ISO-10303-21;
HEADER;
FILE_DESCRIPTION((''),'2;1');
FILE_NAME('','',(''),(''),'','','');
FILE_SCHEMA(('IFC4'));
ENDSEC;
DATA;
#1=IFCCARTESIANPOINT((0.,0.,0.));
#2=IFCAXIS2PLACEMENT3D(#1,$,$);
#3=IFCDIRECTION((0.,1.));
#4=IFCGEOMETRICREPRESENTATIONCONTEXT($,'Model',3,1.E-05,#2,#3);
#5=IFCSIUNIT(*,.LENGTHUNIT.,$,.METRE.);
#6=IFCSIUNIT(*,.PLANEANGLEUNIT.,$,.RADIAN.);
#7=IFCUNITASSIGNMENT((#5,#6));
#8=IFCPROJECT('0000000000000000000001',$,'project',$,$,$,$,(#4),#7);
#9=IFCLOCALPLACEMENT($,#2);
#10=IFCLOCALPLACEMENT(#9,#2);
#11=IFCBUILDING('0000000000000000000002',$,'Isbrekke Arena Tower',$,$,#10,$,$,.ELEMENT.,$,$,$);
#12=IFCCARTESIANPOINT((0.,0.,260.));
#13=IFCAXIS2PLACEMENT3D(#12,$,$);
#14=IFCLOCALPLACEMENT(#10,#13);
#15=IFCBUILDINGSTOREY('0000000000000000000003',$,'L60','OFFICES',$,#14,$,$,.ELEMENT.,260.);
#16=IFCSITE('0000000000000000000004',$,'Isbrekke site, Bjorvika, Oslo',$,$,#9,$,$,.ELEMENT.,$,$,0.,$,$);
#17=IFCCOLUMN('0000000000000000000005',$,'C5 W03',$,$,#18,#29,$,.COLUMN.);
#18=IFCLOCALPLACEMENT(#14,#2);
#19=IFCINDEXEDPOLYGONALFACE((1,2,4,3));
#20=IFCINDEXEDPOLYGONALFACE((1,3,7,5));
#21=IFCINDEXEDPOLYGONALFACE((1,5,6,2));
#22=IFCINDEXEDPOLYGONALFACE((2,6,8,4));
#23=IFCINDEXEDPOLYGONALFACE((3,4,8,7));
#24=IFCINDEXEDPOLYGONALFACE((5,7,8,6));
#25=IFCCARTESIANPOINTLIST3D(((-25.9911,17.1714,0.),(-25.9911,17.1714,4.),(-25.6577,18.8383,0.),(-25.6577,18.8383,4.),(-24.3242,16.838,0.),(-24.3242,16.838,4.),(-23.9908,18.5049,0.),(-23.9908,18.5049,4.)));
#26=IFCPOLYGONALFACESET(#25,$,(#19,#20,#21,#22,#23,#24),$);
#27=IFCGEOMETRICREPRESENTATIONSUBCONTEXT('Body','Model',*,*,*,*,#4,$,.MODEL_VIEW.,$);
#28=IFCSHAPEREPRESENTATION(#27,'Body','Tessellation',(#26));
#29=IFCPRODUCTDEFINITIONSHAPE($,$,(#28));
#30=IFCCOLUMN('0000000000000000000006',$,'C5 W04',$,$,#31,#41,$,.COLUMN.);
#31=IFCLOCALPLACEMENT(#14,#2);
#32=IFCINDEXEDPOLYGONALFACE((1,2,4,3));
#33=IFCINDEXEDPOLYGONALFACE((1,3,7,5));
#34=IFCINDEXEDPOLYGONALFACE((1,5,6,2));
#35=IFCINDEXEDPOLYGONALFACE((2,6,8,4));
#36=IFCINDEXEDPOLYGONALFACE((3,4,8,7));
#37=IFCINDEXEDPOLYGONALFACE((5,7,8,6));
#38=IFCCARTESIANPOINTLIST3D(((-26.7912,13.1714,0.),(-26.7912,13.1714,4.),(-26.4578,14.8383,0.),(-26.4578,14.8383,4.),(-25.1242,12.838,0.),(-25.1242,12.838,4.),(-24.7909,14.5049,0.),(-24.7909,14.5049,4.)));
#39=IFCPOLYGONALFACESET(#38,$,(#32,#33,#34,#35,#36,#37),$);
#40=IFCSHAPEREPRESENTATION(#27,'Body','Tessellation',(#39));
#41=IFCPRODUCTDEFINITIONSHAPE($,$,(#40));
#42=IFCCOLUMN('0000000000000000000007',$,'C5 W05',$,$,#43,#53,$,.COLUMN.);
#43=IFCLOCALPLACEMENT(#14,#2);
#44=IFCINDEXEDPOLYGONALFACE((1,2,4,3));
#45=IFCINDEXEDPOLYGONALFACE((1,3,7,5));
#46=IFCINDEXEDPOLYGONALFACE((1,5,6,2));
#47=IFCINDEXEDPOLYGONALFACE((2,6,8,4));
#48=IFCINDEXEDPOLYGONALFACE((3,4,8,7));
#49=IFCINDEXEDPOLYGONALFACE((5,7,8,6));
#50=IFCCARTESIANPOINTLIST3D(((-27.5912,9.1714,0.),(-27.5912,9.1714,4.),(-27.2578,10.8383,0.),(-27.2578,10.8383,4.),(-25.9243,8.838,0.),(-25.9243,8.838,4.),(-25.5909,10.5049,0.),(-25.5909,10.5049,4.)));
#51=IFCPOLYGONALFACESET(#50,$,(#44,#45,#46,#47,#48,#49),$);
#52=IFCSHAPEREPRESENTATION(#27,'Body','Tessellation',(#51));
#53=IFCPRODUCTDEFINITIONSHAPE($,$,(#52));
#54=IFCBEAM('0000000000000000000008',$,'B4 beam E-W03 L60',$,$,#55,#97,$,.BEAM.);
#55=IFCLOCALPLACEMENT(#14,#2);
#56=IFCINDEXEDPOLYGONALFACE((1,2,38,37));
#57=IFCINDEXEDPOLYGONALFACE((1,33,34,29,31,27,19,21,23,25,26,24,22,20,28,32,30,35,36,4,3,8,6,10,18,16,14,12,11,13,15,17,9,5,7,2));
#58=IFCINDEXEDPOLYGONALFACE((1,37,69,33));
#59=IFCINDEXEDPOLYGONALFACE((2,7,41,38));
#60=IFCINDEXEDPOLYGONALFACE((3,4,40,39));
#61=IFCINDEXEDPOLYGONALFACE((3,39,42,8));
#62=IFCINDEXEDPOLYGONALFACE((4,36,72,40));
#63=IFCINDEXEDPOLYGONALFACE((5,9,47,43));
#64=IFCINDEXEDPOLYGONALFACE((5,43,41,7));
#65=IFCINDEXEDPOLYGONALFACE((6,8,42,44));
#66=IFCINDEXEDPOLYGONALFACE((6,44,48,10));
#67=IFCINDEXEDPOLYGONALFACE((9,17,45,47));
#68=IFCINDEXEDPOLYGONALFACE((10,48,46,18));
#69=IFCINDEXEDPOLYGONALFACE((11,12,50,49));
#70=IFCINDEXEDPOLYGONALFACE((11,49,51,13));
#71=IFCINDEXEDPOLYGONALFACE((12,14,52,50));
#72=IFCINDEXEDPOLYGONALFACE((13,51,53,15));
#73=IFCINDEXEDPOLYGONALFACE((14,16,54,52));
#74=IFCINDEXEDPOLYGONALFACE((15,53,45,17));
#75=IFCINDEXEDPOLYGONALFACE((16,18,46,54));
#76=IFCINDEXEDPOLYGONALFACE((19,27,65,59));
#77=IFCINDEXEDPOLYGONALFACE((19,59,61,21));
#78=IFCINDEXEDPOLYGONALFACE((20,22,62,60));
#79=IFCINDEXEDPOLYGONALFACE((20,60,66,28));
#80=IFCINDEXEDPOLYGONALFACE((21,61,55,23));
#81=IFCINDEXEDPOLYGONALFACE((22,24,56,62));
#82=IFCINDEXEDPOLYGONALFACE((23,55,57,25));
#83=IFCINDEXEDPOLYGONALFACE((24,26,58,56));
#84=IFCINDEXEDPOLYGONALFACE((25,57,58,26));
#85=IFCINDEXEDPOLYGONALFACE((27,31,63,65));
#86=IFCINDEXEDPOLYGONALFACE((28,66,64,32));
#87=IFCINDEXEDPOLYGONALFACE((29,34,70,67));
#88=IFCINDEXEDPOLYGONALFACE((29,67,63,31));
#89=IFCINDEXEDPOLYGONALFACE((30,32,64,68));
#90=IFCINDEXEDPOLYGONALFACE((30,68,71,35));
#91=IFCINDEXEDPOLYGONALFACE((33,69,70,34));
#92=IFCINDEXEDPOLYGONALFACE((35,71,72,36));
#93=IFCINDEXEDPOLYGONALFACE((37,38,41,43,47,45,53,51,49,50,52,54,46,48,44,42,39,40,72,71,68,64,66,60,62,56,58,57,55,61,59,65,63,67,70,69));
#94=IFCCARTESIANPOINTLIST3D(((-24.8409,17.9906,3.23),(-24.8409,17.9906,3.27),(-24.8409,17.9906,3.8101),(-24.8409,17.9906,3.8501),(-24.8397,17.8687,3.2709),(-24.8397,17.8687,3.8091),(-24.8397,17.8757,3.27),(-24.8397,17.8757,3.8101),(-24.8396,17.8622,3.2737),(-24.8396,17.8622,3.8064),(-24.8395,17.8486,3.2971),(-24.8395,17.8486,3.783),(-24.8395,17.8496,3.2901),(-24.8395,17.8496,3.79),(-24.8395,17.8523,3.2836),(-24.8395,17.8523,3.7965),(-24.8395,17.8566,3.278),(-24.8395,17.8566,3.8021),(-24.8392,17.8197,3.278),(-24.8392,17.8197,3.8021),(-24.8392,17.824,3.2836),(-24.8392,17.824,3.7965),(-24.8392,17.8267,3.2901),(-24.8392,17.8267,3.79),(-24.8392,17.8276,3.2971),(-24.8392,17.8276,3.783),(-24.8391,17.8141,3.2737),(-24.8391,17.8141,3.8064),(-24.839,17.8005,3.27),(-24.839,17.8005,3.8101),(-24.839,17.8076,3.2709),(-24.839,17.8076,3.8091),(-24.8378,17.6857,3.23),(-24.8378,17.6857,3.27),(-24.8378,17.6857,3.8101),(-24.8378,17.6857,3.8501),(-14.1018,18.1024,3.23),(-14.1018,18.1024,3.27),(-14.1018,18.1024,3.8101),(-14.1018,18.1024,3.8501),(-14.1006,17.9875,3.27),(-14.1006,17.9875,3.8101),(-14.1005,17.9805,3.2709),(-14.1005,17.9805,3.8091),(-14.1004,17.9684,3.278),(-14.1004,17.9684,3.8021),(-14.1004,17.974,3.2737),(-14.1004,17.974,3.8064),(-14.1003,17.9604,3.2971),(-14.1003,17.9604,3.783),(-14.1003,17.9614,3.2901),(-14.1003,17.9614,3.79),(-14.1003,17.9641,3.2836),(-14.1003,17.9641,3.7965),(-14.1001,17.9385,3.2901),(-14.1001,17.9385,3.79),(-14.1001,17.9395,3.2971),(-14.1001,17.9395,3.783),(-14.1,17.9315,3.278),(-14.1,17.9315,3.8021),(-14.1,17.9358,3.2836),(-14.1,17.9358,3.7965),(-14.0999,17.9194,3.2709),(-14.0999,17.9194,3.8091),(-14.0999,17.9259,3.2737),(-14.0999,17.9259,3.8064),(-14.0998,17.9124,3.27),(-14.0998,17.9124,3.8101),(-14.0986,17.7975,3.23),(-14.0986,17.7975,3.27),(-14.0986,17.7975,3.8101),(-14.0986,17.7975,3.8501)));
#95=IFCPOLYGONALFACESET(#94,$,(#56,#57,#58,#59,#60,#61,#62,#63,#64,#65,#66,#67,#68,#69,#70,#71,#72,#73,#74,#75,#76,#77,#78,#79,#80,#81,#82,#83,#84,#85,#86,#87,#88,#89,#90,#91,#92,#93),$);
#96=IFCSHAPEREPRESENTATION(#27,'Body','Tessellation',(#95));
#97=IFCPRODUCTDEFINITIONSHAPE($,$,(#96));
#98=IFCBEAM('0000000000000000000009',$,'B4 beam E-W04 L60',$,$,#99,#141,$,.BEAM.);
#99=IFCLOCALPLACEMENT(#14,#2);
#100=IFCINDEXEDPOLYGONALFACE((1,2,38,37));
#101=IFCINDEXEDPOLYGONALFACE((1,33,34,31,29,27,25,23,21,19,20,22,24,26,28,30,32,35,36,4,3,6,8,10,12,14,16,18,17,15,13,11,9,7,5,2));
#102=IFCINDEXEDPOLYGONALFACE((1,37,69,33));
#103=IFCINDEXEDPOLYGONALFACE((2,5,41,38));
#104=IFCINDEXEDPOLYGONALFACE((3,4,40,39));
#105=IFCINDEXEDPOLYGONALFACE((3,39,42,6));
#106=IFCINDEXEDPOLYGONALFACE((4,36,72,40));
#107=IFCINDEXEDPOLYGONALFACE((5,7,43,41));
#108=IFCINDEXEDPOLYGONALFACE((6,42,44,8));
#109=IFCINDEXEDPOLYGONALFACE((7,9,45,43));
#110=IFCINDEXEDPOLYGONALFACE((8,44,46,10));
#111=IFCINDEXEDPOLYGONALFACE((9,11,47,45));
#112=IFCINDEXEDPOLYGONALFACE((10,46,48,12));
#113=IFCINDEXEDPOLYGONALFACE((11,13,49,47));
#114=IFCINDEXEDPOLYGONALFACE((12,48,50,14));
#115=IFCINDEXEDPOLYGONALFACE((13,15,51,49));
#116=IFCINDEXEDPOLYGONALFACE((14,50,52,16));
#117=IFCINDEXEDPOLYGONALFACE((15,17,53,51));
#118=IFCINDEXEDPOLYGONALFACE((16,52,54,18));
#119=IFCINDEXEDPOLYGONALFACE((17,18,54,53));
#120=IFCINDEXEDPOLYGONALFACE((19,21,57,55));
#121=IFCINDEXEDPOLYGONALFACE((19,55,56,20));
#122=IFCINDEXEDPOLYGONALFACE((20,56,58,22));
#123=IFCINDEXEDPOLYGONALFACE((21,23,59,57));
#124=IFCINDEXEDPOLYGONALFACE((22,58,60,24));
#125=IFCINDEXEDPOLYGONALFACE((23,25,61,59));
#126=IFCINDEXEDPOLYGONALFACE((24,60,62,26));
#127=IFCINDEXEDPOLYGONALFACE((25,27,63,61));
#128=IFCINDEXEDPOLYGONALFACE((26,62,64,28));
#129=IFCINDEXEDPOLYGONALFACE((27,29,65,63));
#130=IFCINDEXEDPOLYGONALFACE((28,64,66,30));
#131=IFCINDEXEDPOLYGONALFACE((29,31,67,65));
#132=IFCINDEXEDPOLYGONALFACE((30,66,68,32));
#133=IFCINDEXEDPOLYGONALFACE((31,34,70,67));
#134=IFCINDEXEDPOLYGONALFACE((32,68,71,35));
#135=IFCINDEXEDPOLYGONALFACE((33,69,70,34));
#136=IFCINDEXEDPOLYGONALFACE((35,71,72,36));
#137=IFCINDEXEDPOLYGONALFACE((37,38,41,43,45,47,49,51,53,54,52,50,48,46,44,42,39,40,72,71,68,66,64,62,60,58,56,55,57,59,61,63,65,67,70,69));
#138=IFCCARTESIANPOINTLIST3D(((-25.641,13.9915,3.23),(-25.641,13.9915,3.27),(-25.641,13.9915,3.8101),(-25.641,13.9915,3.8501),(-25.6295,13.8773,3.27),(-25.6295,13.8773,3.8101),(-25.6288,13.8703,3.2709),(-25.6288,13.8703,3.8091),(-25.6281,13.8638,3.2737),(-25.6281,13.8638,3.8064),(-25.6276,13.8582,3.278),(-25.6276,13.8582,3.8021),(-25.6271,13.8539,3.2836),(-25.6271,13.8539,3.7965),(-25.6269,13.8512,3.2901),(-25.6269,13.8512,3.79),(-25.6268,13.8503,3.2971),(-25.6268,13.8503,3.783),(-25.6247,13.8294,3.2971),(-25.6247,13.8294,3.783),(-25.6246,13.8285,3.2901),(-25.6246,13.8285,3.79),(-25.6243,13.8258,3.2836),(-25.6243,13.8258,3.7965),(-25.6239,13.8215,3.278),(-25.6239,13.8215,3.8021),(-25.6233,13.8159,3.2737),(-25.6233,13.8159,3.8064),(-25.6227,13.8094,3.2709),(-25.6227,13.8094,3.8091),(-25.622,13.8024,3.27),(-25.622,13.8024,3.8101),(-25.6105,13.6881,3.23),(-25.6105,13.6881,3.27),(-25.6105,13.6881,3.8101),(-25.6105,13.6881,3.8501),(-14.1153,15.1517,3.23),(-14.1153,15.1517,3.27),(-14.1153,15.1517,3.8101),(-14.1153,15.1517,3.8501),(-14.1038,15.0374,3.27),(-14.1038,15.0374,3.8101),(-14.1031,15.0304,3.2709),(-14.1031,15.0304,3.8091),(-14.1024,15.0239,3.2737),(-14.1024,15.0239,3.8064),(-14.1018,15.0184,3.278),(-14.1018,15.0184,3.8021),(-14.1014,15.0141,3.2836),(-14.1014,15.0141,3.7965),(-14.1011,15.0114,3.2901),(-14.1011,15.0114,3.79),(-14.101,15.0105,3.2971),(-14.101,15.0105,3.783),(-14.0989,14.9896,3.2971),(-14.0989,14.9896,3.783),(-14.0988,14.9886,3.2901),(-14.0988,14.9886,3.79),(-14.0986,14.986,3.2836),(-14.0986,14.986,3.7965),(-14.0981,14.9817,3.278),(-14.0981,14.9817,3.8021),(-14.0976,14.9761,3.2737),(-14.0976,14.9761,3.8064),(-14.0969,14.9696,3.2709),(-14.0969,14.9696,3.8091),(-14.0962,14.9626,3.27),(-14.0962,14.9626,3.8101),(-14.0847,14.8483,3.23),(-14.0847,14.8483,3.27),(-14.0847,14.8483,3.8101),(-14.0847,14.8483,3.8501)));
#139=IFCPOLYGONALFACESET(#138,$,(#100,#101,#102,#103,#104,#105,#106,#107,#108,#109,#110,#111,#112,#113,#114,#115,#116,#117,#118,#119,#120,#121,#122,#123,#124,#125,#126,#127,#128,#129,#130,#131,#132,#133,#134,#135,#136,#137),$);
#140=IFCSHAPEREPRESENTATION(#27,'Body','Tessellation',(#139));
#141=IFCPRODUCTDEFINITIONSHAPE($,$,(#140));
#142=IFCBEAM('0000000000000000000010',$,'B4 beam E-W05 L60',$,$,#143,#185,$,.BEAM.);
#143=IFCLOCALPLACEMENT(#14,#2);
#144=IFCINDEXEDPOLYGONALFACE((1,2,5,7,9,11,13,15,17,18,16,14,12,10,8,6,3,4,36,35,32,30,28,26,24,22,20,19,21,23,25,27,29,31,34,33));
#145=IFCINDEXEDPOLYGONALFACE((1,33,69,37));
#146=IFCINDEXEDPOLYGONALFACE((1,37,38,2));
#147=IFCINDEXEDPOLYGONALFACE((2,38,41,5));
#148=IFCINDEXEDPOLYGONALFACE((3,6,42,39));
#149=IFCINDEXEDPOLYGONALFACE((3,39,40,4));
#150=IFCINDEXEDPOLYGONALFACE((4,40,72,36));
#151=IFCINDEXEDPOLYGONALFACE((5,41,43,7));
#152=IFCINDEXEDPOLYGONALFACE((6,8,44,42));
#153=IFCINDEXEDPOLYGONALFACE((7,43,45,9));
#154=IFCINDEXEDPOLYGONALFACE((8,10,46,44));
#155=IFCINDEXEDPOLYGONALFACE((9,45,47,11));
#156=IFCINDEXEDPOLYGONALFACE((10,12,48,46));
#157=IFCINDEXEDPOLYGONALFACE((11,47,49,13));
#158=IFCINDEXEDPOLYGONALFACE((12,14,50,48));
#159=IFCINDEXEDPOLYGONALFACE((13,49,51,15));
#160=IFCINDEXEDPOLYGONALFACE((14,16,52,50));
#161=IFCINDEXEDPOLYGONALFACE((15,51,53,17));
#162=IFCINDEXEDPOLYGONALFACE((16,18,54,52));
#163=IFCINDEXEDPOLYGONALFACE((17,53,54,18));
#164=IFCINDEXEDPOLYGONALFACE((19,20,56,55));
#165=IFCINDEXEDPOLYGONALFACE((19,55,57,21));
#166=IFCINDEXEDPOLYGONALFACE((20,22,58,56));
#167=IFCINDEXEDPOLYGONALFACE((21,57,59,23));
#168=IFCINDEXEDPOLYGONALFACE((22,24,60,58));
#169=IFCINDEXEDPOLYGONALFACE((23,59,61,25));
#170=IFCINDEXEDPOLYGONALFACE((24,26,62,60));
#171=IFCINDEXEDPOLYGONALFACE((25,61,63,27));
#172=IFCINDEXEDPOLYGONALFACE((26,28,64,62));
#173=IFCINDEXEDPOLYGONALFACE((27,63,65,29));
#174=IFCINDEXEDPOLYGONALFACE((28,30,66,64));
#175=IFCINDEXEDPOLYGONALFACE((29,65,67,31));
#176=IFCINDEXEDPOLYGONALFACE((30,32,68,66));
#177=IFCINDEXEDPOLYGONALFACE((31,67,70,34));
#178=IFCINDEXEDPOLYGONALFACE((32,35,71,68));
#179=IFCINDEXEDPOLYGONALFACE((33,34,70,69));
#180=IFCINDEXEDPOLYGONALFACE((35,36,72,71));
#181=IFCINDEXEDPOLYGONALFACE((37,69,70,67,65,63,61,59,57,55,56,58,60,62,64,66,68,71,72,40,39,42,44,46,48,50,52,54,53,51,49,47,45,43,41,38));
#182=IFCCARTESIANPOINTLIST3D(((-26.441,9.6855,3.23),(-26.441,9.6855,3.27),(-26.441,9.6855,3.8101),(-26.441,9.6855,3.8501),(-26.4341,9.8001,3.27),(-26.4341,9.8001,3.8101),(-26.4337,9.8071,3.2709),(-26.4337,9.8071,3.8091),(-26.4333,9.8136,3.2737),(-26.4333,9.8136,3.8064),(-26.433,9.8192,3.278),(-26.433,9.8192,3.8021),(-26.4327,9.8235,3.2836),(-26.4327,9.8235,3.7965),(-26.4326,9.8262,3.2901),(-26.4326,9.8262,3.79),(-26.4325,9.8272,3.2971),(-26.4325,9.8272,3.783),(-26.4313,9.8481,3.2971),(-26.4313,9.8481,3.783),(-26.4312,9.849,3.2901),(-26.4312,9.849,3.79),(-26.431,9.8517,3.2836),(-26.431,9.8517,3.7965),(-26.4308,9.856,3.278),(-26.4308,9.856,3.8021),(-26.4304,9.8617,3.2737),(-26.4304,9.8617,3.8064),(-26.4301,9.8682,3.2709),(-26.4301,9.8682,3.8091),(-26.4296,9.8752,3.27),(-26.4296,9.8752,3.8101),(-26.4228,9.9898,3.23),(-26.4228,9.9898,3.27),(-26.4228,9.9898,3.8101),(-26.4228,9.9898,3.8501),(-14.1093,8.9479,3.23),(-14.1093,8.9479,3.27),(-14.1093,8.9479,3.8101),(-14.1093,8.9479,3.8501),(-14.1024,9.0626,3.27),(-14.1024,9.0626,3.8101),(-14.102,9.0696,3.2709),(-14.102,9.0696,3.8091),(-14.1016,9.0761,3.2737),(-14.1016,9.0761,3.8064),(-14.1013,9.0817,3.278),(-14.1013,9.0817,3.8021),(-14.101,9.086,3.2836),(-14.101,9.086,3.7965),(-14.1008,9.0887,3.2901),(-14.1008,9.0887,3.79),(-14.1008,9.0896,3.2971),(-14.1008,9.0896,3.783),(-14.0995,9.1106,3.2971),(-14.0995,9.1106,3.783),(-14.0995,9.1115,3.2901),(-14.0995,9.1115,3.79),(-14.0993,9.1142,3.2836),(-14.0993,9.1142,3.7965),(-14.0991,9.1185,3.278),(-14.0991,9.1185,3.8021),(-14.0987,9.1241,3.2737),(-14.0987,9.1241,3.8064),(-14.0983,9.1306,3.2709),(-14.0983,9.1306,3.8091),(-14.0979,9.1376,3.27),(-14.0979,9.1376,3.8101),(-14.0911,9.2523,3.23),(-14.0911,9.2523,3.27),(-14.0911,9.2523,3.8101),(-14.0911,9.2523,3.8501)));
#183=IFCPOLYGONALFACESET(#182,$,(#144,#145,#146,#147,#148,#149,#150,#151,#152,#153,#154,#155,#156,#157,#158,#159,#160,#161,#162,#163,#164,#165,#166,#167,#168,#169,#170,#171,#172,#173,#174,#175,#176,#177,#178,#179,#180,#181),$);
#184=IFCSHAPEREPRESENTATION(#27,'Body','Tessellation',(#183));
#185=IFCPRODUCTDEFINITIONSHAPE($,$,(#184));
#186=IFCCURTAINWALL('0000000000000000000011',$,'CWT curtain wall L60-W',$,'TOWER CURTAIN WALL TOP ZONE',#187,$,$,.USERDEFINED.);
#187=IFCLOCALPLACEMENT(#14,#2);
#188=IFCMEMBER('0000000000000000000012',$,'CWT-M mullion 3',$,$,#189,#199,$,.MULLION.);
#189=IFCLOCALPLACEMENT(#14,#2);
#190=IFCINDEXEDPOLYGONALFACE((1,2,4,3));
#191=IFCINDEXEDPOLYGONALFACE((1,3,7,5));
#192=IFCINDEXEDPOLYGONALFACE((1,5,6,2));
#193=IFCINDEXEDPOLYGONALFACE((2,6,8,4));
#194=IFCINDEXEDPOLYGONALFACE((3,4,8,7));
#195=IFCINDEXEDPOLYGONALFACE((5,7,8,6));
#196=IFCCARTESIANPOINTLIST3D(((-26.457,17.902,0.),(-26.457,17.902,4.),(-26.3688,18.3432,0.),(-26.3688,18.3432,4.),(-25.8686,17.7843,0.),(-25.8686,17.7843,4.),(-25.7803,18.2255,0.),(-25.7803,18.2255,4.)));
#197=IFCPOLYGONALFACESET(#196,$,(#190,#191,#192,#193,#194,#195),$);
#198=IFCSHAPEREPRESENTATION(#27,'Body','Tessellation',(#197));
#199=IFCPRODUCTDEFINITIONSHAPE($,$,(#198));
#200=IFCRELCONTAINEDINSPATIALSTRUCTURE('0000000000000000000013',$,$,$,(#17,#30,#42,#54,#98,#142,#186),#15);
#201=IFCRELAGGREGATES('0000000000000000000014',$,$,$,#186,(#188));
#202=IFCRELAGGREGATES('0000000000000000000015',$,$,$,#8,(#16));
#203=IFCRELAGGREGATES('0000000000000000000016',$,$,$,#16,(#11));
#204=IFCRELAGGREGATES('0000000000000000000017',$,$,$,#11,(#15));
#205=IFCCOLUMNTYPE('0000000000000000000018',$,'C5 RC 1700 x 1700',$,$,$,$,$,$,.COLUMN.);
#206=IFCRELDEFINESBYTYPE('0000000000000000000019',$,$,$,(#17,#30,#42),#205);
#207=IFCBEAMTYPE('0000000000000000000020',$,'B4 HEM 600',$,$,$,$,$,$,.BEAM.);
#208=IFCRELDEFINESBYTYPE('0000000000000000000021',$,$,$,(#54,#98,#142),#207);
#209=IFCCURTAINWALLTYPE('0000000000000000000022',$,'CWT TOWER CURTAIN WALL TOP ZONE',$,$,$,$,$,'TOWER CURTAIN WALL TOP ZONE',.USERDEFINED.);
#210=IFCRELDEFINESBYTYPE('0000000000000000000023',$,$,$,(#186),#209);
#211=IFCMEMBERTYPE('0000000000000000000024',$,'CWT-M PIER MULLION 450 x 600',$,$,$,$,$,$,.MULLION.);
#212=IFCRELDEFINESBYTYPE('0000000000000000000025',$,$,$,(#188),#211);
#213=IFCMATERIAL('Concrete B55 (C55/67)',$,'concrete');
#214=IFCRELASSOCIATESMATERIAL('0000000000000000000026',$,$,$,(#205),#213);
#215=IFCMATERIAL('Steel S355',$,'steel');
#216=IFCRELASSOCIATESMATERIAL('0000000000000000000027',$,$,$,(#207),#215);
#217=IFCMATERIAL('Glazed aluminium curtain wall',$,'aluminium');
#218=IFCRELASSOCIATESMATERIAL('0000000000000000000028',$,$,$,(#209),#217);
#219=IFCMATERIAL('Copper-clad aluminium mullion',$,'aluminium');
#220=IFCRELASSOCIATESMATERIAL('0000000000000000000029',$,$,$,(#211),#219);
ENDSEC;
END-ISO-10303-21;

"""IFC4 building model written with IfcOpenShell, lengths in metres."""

from ifc_helpers import new_model, si_unit, direction, frame, origin, origin_2d, place, context, subcontext, project, spatial, rectangle, i_section, extrude, material, material_profile, profile_set, type_object, element, aggregate, save


model = new_model("IFC4")

# Units and contexts
model_context = context("Model", 3, precision=1e-05, world=origin(), true_north=direction((0.0, 1.0)))
body_context = subcontext(model_context, "Body", "Model", "MODEL_VIEW")
ifc_project = project(units=[si_unit("LENGTHUNIT", "METRE"), si_unit("PLANEANGLEUNIT", "RADIAN")], contexts=[model_context])

# Site, building, storey
site_placement = place(None, origin())
site = spatial("IfcSite", under=ifc_project, at=site_placement, Name="Isbrekke site, Bjorvika, Oslo", CompositionType="ELEMENT", RefElevation=0.0)
building_placement = place(site_placement, origin())
building = spatial("IfcBuilding", under=site, at=building_placement, Name="Isbrekke Arena Tower", CompositionType="ELEMENT")
storey_placement = place(building_placement, frame((0.0, 0.0, 260.0)))
storey = spatial("IfcBuildingStorey", under=building, at=storey_placement, Name="L60", Description="OFFICES", CompositionType="ELEMENT", Elevation=260.0)

# Columns
ifc_material_1 = material(Name="Concrete B55 (C55/67)", Category="concrete")
ifc_material_profile_1 = material_profile(ifc_material_1, rectangle(XDim=1.7, YDim=1.7, at=origin_2d()), Name="RC 1700x1700")
ifc_profile_set_1 = profile_set([ifc_material_profile_1], Name="Concrete B55 (C55/67)")
column_type = type_object("IfcColumnType", Name="C5 RC 1700 x 1700", PredefinedType="COLUMN", material=ifc_profile_set_1)
for number, where, z_axis, x_axis, name in (
    (1, (-24.991, 17.8381, 0.0), (0.0, 0.0, 1.0), (-0.196116, -0.980581, 0.0), "C5 W03"),
    (2, (-25.791, 13.8381, 0.0), (0.0, 0.0, 1.0), (-0.196116, -0.980581, 0.0), "C5 W04"),
    (3, (-26.5911, 9.8381, 0.0), (0.0, 0.0, 1.0), (-0.196116, -0.980581, 0.0), "C5 W05"),
):
    element("IfcColumn", number, at=place(storey_placement, frame(where, z_axis=z_axis, x_axis=x_axis)), inside=storey, type_object=column_type, Name=name, PredefinedType="COLUMN", context=body_context, shape_type="SweptSolid", body=[
        extrude(rectangle(XDim=1.7, YDim=1.7, at=origin_2d()), origin(), (0.0, 0.0, 1.0), 4.0),
    ])

# Beams
ifc_material_2 = material(Name="Steel S355", Category="steel")
ifc_material_profile_2 = material_profile(ifc_material_2, i_section(OverallWidth=0.3049, OverallDepth=0.6201, WebThickness=0.021, FlangeThickness=0.04, FilletRadius=0.0271, at=origin_2d()), Name="HEM 600")
ifc_profile_set_2 = profile_set([ifc_material_profile_2], Name="Steel S355")
beam_type_1 = type_object("IfcBeamType", Name="B4 HEM 600", PredefinedType="BEAM", material=ifc_profile_set_2)
beam_1_placement = place(storey_placement, frame((-24.8394, 17.8381, 3.54), z_axis=(0.999946, 0.010411, 0.0), x_axis=(-0.010411, 0.999946, 0.0)))
element("IfcBeam", 4, at=beam_1_placement, inside=storey, type_object=beam_type_1, Name="B4 beam E-W03 L60", PredefinedType="BEAM", context=body_context, shape_type="SweptSolid", body=[
    extrude(i_section(OverallWidth=0.3049, OverallDepth=0.6201, WebThickness=0.021, FlangeThickness=0.04, FilletRadius=0.0271, at=origin_2d()), origin(), (0.0, 0.0, 1.0), 10.7397),
])
beam_2_placement = place(storey_placement, frame((-25.6257, 13.8398, 3.54), z_axis=(0.994972, 0.100153, 0.0), x_axis=(-0.100153, 0.994972, 0.0)))
element("IfcBeam", 5, at=beam_2_placement, inside=storey, type_object=beam_type_1, Name="B4 beam E-W04 L60", PredefinedType="BEAM", context=body_context, shape_type="SweptSolid", body=[
    extrude(i_section(OverallWidth=0.3049, OverallDepth=0.6201, WebThickness=0.021, FlangeThickness=0.04, FilletRadius=0.0271, at=origin_2d()), origin(), (0.0, 0.0, 1.0), 11.584),
])
beam_3_placement = place(storey_placement, frame((-26.4319, 9.8376, 3.54), z_axis=(0.998216, -0.059702, 0.0), x_axis=(0.059702, 0.998216, 0.0)))
element("IfcBeam", 6, at=beam_3_placement, inside=storey, type_object=beam_type_1, Name="B4 beam E-W05 L60", PredefinedType="BEAM", context=body_context, shape_type="SweptSolid", body=[
    extrude(i_section(OverallWidth=0.3049, OverallDepth=0.6201, WebThickness=0.021, FlangeThickness=0.04, FilletRadius=0.0271, at=origin_2d()), origin(), (0.0, 0.0, 1.0), 12.3538),
])

# Curtain wall, member
ifc_material_3 = material(Name="Glazed aluminium curtain wall", Category="aluminium")
curtain_wall_type = type_object("IfcCurtainWallType", Name="CWT TOWER CURTAIN WALL TOP ZONE", ElementType="TOWER CURTAIN WALL TOP ZONE", PredefinedType="USERDEFINED", material=ifc_material_3)
curtain_wall_placement = place(storey_placement, origin())
curtain_wall = element("IfcCurtainWall", 7, at=curtain_wall_placement, inside=storey, type_object=curtain_wall_type, Name="CWT curtain wall L60-W", ObjectType="TOWER CURTAIN WALL TOP ZONE", PredefinedType="USERDEFINED")
ifc_material_4 = material(Name="Copper-clad aluminium mullion", Category="aluminium")
ifc_material_profile_3 = material_profile(ifc_material_4, rectangle(XDim=0.45, YDim=0.6001, at=origin_2d()), Name="PIER 450X600")
ifc_profile_set_3 = profile_set([ifc_material_profile_3], Name="Copper-clad aluminium mullion")
member_type_1 = type_object("IfcMemberType", Name="CWT-M PIER MULLION 450 x 600", PredefinedType="MULLION", material=ifc_profile_set_3)
member_1_placement = place(storey_placement, frame((-26.1187, 18.0637, 0.0), z_axis=(0.0, 0.0, 1.0), x_axis=(-0.196116, -0.980581, 0.0)))
member_1 = element("IfcMember", 8, at=member_1_placement, type_object=member_type_1, Name="CWT-M mullion 3", PredefinedType="MULLION", context=body_context, shape_type="SweptSolid", body=[
    extrude(rectangle(XDim=0.45, YDim=0.6001, at=origin_2d()), origin(), (0.0, 0.0, 1.0), 4.0),
])

aggregate(curtain_wall, [member_1])

save(model, "model.ifc")
